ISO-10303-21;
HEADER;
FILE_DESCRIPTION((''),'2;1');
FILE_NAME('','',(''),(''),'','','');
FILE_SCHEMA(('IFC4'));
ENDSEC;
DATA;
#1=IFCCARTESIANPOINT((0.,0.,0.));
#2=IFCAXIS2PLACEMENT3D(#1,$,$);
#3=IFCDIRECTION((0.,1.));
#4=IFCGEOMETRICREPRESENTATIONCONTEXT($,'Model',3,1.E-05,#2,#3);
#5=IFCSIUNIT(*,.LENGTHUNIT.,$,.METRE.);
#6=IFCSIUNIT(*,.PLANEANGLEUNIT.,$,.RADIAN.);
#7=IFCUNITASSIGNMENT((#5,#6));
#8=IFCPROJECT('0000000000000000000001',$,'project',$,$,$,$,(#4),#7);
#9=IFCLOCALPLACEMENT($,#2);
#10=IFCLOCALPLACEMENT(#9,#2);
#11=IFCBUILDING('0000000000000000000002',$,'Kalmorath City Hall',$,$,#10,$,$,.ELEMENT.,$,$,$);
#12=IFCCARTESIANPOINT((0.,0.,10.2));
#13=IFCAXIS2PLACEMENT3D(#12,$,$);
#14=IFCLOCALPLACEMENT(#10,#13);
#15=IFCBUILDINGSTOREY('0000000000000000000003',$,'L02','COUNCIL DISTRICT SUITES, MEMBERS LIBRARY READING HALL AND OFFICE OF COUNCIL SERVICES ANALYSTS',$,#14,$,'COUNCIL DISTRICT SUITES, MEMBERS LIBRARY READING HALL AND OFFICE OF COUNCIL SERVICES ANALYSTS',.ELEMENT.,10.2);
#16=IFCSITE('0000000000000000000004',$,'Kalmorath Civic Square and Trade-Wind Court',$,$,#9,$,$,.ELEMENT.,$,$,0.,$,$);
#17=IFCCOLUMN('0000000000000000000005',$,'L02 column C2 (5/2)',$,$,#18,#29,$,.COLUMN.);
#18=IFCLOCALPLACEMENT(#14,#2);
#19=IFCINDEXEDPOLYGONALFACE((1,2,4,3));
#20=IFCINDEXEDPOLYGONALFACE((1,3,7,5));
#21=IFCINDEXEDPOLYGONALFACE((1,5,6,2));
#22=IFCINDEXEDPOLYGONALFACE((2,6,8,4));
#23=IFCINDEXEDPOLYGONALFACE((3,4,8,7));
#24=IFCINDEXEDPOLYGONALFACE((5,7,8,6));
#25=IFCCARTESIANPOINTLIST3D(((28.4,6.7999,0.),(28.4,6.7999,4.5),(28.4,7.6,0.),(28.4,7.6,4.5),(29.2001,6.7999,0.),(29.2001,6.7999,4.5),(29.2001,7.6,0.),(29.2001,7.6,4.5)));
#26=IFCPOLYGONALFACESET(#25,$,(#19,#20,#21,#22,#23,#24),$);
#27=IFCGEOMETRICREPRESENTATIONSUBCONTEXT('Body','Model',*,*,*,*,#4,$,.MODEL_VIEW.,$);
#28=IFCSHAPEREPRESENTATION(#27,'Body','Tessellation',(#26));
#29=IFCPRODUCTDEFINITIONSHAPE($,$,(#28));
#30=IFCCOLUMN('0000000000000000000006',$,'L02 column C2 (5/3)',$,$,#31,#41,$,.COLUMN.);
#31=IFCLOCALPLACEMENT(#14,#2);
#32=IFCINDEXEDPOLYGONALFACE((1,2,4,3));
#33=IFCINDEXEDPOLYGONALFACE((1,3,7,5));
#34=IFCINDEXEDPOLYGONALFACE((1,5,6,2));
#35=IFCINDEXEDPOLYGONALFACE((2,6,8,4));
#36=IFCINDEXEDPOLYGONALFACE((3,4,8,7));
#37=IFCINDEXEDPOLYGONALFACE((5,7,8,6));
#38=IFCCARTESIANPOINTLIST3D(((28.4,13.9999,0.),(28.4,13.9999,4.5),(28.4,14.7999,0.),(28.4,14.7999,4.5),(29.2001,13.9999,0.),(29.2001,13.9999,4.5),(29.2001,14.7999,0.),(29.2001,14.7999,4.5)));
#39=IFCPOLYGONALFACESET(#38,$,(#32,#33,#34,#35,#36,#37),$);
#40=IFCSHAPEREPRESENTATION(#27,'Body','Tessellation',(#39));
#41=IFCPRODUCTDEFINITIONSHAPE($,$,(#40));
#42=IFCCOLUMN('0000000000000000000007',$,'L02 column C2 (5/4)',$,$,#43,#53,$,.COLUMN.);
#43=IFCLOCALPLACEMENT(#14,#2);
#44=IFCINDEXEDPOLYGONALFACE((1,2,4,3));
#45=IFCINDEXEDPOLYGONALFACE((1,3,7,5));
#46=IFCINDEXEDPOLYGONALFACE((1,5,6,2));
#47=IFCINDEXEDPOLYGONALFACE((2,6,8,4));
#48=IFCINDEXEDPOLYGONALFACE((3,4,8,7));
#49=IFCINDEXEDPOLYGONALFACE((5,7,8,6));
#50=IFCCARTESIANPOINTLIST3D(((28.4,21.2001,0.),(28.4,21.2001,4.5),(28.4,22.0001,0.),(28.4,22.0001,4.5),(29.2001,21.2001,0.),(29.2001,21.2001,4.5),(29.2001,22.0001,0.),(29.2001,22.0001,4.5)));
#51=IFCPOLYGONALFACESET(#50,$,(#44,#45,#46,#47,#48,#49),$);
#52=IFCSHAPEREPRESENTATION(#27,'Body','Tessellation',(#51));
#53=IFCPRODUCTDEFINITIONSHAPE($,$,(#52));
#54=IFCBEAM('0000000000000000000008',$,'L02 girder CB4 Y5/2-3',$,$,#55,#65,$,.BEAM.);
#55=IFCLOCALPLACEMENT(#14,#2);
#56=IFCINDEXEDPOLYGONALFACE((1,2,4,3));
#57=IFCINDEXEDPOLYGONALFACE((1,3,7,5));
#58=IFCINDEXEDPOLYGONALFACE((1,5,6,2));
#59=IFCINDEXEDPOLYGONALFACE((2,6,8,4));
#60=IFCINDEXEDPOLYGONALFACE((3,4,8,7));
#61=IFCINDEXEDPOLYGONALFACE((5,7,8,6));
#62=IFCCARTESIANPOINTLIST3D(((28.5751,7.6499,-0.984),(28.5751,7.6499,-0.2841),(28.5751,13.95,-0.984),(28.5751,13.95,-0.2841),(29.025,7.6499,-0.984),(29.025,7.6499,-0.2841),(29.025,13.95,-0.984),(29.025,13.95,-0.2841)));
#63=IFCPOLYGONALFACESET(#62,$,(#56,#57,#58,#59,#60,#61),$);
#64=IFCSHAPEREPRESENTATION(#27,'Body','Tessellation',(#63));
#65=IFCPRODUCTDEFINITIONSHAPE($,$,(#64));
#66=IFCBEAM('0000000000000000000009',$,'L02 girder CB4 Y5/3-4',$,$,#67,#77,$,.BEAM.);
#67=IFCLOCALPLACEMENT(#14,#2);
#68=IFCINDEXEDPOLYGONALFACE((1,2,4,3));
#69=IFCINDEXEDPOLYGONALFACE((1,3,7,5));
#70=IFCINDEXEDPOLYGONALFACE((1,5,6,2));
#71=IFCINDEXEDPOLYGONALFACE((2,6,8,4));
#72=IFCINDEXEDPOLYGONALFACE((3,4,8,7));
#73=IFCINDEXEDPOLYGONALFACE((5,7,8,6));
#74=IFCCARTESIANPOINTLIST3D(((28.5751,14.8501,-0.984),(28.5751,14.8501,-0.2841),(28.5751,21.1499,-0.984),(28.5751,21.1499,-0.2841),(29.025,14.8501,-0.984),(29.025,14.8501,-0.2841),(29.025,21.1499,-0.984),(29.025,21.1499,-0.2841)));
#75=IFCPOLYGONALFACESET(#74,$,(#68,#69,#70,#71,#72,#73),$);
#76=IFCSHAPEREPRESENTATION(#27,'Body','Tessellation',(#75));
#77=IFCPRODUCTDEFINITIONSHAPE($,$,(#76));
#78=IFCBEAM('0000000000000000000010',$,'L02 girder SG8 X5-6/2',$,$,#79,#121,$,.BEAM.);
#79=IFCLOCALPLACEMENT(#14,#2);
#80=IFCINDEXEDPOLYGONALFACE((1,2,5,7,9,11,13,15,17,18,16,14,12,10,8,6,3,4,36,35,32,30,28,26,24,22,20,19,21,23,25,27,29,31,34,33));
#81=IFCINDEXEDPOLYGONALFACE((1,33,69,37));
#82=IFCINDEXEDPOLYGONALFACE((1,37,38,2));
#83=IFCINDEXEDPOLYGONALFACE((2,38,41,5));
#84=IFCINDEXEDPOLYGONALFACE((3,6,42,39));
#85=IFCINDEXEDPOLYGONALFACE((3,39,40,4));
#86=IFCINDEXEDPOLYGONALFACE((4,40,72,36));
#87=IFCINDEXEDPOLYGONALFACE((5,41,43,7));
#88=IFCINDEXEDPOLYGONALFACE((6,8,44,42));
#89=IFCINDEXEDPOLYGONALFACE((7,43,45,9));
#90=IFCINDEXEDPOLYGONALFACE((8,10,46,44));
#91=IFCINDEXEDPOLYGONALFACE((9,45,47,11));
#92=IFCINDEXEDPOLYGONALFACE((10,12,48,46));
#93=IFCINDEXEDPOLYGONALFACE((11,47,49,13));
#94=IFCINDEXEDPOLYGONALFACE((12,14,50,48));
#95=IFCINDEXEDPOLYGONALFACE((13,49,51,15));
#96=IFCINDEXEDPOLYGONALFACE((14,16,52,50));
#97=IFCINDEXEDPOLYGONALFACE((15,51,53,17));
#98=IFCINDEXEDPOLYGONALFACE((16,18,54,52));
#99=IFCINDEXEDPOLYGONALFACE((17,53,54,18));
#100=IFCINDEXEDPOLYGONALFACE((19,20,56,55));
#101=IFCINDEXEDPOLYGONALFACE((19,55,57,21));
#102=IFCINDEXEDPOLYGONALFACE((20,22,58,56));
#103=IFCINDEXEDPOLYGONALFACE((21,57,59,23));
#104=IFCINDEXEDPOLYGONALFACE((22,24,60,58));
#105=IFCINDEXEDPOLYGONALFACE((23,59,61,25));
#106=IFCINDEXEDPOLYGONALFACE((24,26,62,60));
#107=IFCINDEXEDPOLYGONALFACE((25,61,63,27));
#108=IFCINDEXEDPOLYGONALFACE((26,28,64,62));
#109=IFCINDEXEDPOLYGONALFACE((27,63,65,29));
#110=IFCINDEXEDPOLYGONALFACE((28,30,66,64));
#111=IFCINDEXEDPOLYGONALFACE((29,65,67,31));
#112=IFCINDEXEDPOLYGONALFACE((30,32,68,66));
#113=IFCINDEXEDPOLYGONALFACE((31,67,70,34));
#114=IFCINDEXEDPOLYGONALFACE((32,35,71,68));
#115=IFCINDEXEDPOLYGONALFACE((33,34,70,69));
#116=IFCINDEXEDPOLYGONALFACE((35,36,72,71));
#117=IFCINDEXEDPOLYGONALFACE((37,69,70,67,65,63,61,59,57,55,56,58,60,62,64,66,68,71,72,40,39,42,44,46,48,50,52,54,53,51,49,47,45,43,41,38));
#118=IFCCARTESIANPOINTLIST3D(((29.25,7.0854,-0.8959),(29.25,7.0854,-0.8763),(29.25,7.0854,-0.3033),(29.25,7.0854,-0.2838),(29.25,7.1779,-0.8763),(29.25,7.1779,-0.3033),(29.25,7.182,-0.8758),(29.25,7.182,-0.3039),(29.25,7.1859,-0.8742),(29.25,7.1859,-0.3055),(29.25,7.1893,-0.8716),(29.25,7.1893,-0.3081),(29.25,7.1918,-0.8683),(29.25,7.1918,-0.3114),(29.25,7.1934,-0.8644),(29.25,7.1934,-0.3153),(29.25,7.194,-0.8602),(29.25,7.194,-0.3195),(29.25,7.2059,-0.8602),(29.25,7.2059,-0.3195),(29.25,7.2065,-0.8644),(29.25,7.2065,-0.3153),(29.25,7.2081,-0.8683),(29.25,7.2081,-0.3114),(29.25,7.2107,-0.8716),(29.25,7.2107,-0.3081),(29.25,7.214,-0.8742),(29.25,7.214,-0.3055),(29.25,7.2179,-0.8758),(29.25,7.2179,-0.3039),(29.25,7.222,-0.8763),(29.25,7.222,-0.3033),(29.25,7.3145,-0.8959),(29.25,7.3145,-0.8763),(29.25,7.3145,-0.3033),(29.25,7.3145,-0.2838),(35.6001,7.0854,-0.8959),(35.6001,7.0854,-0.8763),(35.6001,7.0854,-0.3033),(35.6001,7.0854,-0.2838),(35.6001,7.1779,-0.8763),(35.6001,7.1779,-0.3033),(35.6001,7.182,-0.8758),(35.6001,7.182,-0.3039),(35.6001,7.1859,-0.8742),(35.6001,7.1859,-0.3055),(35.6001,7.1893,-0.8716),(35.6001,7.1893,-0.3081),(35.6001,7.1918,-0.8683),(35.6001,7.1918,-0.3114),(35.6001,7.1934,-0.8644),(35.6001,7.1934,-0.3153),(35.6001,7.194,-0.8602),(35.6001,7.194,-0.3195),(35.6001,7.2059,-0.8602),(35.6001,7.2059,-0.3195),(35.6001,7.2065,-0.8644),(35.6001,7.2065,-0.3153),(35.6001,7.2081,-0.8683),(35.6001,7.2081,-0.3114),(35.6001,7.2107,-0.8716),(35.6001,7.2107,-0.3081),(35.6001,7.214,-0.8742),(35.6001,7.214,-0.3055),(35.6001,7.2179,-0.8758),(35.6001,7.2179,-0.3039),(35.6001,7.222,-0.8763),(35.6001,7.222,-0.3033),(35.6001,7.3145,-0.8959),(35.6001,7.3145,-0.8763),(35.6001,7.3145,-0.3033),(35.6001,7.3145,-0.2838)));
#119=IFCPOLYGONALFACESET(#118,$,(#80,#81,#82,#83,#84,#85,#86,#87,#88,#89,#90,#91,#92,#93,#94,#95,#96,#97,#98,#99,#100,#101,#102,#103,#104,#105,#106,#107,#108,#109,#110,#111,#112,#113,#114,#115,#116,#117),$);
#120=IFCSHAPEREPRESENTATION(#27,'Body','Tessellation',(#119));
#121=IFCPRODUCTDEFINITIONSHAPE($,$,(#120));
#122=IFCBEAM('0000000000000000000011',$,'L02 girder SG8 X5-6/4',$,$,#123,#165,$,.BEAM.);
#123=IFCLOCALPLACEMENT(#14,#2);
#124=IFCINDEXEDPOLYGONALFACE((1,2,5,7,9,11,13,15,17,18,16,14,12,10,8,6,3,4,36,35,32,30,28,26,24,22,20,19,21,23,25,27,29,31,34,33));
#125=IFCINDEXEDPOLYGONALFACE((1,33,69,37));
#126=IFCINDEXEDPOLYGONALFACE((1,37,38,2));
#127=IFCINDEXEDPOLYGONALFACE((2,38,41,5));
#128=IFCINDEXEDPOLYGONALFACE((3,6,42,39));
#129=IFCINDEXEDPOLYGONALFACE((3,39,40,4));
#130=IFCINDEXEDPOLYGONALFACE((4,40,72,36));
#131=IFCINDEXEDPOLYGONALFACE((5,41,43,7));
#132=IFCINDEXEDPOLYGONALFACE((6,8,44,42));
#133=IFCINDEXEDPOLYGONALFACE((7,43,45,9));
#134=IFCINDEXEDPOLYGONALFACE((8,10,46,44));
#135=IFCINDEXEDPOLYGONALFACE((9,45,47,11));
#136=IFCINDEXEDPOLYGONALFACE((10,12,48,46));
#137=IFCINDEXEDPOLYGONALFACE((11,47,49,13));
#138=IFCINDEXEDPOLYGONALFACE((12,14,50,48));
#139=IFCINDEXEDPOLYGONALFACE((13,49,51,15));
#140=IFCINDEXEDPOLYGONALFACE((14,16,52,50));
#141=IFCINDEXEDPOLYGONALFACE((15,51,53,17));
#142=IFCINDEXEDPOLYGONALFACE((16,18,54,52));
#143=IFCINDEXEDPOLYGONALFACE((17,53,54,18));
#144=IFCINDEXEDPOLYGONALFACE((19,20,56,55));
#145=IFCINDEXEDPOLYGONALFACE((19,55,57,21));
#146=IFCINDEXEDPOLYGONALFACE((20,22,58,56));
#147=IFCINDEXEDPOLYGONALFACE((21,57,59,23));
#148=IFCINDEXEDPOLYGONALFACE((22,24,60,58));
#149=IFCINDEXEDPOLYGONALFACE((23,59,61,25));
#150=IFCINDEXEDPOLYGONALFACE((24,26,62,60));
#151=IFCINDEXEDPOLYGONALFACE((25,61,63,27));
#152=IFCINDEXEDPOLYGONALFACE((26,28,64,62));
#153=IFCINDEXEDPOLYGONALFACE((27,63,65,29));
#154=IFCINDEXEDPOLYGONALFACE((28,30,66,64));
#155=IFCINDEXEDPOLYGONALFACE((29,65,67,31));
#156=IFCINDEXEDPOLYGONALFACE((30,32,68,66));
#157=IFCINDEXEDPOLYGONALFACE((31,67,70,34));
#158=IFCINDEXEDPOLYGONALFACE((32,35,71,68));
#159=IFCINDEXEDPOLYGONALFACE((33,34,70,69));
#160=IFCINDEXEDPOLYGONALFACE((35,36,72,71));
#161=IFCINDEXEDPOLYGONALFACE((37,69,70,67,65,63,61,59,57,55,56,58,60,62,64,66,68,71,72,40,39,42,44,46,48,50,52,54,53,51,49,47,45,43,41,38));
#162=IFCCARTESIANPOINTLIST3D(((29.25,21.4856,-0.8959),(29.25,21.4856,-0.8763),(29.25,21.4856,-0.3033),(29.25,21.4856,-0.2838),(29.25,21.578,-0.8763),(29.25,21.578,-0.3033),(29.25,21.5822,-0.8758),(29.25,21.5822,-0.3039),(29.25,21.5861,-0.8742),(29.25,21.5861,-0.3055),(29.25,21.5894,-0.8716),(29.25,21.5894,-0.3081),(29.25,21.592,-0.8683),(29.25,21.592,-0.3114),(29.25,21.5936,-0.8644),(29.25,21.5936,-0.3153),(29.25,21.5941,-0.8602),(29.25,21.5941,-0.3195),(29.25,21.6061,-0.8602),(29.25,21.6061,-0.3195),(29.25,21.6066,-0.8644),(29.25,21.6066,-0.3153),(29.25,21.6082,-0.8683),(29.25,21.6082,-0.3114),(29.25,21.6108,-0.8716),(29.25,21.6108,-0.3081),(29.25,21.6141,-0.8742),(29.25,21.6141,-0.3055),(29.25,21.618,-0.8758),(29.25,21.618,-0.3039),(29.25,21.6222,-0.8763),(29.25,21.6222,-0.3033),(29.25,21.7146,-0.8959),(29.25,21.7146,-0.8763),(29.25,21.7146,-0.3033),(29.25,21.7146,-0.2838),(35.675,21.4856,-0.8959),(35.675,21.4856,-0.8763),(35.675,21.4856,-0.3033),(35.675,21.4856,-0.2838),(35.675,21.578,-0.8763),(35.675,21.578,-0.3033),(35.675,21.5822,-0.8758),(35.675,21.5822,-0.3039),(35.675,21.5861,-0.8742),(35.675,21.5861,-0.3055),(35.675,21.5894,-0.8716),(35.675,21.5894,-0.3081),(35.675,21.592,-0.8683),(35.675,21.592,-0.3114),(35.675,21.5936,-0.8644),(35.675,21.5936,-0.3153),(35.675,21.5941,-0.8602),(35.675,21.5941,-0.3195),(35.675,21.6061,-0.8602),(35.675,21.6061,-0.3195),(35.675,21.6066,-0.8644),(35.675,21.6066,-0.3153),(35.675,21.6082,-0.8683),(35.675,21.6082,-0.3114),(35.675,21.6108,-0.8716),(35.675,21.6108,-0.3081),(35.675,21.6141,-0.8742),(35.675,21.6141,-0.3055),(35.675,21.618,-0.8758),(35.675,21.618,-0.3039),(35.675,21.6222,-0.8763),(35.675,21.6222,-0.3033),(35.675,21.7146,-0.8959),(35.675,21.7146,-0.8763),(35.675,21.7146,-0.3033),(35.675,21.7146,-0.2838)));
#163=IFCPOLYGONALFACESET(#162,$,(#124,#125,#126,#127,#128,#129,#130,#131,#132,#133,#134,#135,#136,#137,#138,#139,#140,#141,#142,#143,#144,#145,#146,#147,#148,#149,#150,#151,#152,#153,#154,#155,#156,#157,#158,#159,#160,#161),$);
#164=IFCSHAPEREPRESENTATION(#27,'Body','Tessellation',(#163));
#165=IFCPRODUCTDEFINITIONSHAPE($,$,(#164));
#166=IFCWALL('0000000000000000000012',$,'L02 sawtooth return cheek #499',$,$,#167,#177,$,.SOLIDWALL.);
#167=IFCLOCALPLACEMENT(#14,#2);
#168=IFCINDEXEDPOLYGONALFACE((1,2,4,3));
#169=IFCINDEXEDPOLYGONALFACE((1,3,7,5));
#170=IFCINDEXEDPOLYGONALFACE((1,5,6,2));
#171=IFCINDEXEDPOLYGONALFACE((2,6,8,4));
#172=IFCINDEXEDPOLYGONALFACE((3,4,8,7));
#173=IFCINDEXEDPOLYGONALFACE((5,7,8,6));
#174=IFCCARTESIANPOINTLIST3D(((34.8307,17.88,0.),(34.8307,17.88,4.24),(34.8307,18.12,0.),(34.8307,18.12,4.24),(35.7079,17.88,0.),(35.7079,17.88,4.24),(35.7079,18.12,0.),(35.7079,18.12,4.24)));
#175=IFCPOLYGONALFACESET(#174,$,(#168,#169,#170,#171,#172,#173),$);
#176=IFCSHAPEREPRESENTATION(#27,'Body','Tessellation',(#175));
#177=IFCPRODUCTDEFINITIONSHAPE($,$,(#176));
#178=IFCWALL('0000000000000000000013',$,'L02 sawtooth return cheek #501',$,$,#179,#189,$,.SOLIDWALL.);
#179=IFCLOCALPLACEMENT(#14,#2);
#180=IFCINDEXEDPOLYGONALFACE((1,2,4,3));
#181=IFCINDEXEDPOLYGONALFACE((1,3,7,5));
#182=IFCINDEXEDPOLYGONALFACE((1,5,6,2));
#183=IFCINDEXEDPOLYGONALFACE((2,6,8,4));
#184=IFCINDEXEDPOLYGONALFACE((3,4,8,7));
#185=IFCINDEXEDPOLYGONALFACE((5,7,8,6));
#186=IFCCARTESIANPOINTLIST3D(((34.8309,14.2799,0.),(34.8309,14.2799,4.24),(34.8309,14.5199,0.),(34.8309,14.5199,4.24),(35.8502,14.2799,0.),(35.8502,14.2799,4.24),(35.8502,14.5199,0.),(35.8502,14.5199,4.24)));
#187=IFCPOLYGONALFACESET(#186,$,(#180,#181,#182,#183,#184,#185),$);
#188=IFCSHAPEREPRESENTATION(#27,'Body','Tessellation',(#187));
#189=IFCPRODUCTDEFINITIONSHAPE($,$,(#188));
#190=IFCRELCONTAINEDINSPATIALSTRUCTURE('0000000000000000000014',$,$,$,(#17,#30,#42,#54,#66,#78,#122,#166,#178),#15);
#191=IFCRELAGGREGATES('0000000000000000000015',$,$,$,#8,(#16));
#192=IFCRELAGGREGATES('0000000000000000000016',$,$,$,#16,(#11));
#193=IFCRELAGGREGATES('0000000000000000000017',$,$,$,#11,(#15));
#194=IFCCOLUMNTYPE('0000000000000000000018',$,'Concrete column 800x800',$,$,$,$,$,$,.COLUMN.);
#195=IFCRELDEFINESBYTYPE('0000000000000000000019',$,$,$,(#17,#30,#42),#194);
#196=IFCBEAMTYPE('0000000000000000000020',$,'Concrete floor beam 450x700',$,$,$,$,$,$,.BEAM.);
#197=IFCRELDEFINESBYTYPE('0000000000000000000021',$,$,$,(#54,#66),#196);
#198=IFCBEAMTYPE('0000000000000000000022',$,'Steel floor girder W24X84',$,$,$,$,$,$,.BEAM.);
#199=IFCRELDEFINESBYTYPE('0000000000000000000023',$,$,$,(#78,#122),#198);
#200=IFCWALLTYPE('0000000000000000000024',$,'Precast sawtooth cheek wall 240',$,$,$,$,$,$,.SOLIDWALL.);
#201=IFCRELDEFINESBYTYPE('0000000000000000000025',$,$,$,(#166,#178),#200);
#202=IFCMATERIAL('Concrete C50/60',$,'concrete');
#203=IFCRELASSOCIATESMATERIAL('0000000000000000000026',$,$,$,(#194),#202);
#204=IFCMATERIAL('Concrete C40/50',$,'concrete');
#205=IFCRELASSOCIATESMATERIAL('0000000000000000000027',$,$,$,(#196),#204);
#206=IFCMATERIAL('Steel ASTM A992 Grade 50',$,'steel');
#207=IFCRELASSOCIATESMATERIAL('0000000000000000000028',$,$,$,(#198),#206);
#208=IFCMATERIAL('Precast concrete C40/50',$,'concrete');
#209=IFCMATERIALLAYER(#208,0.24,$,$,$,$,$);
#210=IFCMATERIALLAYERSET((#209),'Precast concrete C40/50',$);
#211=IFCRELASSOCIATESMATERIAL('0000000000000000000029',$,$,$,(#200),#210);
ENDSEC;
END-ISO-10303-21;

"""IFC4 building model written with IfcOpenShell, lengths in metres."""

from ifc_helpers import new_model, si_unit, direction, frame, frame_2d, origin, origin_2d, place, context, subcontext, project, spatial, rectangle, i_section, extrude, material, layer, layer_set, material_profile, profile_set, type_object, element, save


model = new_model("IFC4")

# Units and contexts
model_context = context("Model", 3, precision=1e-05, world=origin(), true_north=direction((0.0, 1.0)))
body_context = subcontext(model_context, "Body", "Model", "MODEL_VIEW")
ifc_project = project(units=[si_unit("LENGTHUNIT", "METRE"), si_unit("PLANEANGLEUNIT", "RADIAN")], contexts=[model_context])

# Site, building, storey
site_placement = place(None, origin())
site = spatial("IfcSite", under=ifc_project, at=site_placement, Name="Kalmorath Civic Square and Trade-Wind Court", CompositionType="ELEMENT", RefElevation=0.0)
building_placement = place(site_placement, origin())
building = spatial("IfcBuilding", under=site, at=building_placement, Name="Kalmorath City Hall", CompositionType="ELEMENT")
storey_placement = place(building_placement, frame((0.0, 0.0, 10.2)))
storey = spatial("IfcBuildingStorey", under=building, at=storey_placement, Name="L02", Description="COUNCIL DISTRICT SUITES, MEMBERS LIBRARY READING HALL AND OFFICE OF COUNCIL SERVICES ANALYSTS", LongName="COUNCIL DISTRICT SUITES, MEMBERS LIBRARY READING HALL AND OFFICE OF COUNCIL SERVICES ANALYSTS", CompositionType="ELEMENT", Elevation=10.2)

# Columns
ifc_material_1 = material(Name="Concrete C50/60", Category="concrete")
ifc_material_profile_1 = material_profile(ifc_material_1, rectangle(XDim=0.8, YDim=0.8, at=origin_2d()), Name="RC-COL-800X800")
ifc_profile_set_1 = profile_set([ifc_material_profile_1], Name="Concrete C50/60")
column_type = type_object("IfcColumnType", Name="Concrete column 800x800", PredefinedType="COLUMN", material=ifc_profile_set_1)
for number, where, z_axis, x_axis, name in (
    (1, (28.8, 7.2, 0.0), (0.0, 0.0, 1.0), (1.0, 0.0, 0.0), "L02 column C2 (5/2)"),
    (2, (28.8, 14.3999, 0.0), (0.0, 0.0, 1.0), (1.0, 0.0, 0.0), "L02 column C2 (5/3)"),
    (3, (28.8, 21.6001, 0.0), (0.0, 0.0, 1.0), (1.0, 0.0, 0.0), "L02 column C2 (5/4)"),
):
    element("IfcColumn", number, at=place(storey_placement, frame(where, z_axis=z_axis, x_axis=x_axis)), inside=storey, type_object=column_type, Name=name, PredefinedType="COLUMN", context=body_context, shape_type="SweptSolid", body=[
        extrude(rectangle(XDim=0.8, YDim=0.8, at=origin_2d()), origin(), (0.0, 0.0, 1.0), 4.5),
    ])

# Beams
ifc_material_2 = material(Name="Concrete C40/50", Category="concrete")
ifc_material_profile_2 = material_profile(ifc_material_2, rectangle(XDim=0.45, YDim=0.7, at=origin_2d()), Name="RC-BM-450X700")
ifc_profile_set_2 = profile_set([ifc_material_profile_2], Name="Concrete C40/50")
beam_type_1 = type_object("IfcBeamType", Name="Concrete floor beam 450x700", PredefinedType="BEAM", material=ifc_profile_set_2)
beam_1_placement = place(storey_placement, frame((28.8, 7.6499, -0.634), z_axis=(0.0, 1.0, 0.0), x_axis=(-1.0, 0.0, 0.0)))
element("IfcBeam", 4, at=beam_1_placement, inside=storey, type_object=beam_type_1, Name="L02 girder CB4 Y5/2-3", PredefinedType="BEAM", context=body_context, shape_type="SweptSolid", body=[
    extrude(rectangle(XDim=0.45, YDim=0.7, at=origin_2d()), origin(), (0.0, 0.0, 1.0), 6.3),
])
beam_2_placement = place(storey_placement, frame((28.8, 14.8501, -0.634), z_axis=(0.0, 1.0, 0.0), x_axis=(-1.0, 0.0, 0.0)))
element("IfcBeam", 5, at=beam_2_placement, inside=storey, type_object=beam_type_1, Name="L02 girder CB4 Y5/3-4", PredefinedType="BEAM", context=body_context, shape_type="SweptSolid", body=[
    extrude(rectangle(XDim=0.45, YDim=0.7, at=origin_2d()), origin(), (0.0, 0.0, 1.0), 6.2998),
])
ifc_material_3 = material(Name="Steel ASTM A992 Grade 50", Category="steel")
ifc_material_profile_3 = material_profile(ifc_material_3, i_section(OverallWidth=0.229, OverallDepth=0.6121, WebThickness=0.012, FlangeThickness=0.0195, FilletRadius=0.0161, at=origin_2d()), Name="W24X84")
ifc_profile_set_3 = profile_set([ifc_material_profile_3], Name="Steel ASTM A992 Grade 50")
beam_type_2 = type_object("IfcBeamType", Name="Steel floor girder W24X84", PredefinedType="BEAM", material=ifc_profile_set_3)
beam_3_placement = place(storey_placement, frame((29.25, 7.2, -0.5898), z_axis=(1.0, 0.0, 0.0), x_axis=(0.0, 1.0, 0.0)))
element("IfcBeam", 6, at=beam_3_placement, inside=storey, type_object=beam_type_2, Name="L02 girder SG8 X5-6/2", PredefinedType="BEAM", context=body_context, shape_type="SweptSolid", body=[
    extrude(i_section(OverallWidth=0.229, OverallDepth=0.6121, WebThickness=0.012, FlangeThickness=0.0195, FilletRadius=0.0161, at=origin_2d()), origin(), (0.0, 0.0, 1.0), 6.3501),
])
beam_4_placement = place(storey_placement, frame((29.25, 21.6001, -0.5898), z_axis=(1.0, 0.0, 0.0), x_axis=(0.0, 1.0, 0.0)))
element("IfcBeam", 7, at=beam_4_placement, inside=storey, type_object=beam_type_2, Name="L02 girder SG8 X5-6/4", PredefinedType="BEAM", context=body_context, shape_type="SweptSolid", body=[
    extrude(i_section(OverallWidth=0.229, OverallDepth=0.6121, WebThickness=0.012, FlangeThickness=0.0195, FilletRadius=0.0161, at=origin_2d()), origin(), (0.0, 0.0, 1.0), 6.425),
])

# Walls
ifc_material_4 = material(Name="Precast concrete C40/50", Category="concrete")
ifc_layer_1 = layer(ifc_material_4, 0.24)
ifc_layer_set_1 = layer_set([ifc_layer_1], Name="Precast concrete C40/50")
wall_type_1 = type_object("IfcWallType", Name="Precast sawtooth cheek wall 240", PredefinedType="SOLIDWALL", material=ifc_layer_set_1)
wall_1_placement = place(storey_placement, frame((34.8308, 18.0, 0.0), z_axis=(0.0, 0.0, 1.0), x_axis=(1.0, 0.0, 0.0)))
element("IfcWall", 8, at=wall_1_placement, inside=storey, type_object=wall_type_1, Name="L02 sawtooth return cheek #499", PredefinedType="SOLIDWALL", context=body_context, shape_type="SweptSolid", body=[
    extrude(rectangle(XDim=0.8772, YDim=0.24, at=frame_2d((0.4385, 0.0))), origin(), (0.0, 0.0, 1.0), 4.24),
])
wall_2_placement = place(storey_placement, frame((34.8308, 14.3999, 0.0), z_axis=(0.0, 0.0, 1.0), x_axis=(1.0, 0.0, 0.0)))
element("IfcWall", 9, at=wall_2_placement, inside=storey, type_object=wall_type_1, Name="L02 sawtooth return cheek #501", PredefinedType="SOLIDWALL", context=body_context, shape_type="SweptSolid", body=[
    extrude(rectangle(XDim=1.0193, YDim=0.24, at=frame_2d((0.5098, 0.0))), origin(), (0.0, 0.0, 1.0), 4.24),
])

save(model, "model.ifc")
